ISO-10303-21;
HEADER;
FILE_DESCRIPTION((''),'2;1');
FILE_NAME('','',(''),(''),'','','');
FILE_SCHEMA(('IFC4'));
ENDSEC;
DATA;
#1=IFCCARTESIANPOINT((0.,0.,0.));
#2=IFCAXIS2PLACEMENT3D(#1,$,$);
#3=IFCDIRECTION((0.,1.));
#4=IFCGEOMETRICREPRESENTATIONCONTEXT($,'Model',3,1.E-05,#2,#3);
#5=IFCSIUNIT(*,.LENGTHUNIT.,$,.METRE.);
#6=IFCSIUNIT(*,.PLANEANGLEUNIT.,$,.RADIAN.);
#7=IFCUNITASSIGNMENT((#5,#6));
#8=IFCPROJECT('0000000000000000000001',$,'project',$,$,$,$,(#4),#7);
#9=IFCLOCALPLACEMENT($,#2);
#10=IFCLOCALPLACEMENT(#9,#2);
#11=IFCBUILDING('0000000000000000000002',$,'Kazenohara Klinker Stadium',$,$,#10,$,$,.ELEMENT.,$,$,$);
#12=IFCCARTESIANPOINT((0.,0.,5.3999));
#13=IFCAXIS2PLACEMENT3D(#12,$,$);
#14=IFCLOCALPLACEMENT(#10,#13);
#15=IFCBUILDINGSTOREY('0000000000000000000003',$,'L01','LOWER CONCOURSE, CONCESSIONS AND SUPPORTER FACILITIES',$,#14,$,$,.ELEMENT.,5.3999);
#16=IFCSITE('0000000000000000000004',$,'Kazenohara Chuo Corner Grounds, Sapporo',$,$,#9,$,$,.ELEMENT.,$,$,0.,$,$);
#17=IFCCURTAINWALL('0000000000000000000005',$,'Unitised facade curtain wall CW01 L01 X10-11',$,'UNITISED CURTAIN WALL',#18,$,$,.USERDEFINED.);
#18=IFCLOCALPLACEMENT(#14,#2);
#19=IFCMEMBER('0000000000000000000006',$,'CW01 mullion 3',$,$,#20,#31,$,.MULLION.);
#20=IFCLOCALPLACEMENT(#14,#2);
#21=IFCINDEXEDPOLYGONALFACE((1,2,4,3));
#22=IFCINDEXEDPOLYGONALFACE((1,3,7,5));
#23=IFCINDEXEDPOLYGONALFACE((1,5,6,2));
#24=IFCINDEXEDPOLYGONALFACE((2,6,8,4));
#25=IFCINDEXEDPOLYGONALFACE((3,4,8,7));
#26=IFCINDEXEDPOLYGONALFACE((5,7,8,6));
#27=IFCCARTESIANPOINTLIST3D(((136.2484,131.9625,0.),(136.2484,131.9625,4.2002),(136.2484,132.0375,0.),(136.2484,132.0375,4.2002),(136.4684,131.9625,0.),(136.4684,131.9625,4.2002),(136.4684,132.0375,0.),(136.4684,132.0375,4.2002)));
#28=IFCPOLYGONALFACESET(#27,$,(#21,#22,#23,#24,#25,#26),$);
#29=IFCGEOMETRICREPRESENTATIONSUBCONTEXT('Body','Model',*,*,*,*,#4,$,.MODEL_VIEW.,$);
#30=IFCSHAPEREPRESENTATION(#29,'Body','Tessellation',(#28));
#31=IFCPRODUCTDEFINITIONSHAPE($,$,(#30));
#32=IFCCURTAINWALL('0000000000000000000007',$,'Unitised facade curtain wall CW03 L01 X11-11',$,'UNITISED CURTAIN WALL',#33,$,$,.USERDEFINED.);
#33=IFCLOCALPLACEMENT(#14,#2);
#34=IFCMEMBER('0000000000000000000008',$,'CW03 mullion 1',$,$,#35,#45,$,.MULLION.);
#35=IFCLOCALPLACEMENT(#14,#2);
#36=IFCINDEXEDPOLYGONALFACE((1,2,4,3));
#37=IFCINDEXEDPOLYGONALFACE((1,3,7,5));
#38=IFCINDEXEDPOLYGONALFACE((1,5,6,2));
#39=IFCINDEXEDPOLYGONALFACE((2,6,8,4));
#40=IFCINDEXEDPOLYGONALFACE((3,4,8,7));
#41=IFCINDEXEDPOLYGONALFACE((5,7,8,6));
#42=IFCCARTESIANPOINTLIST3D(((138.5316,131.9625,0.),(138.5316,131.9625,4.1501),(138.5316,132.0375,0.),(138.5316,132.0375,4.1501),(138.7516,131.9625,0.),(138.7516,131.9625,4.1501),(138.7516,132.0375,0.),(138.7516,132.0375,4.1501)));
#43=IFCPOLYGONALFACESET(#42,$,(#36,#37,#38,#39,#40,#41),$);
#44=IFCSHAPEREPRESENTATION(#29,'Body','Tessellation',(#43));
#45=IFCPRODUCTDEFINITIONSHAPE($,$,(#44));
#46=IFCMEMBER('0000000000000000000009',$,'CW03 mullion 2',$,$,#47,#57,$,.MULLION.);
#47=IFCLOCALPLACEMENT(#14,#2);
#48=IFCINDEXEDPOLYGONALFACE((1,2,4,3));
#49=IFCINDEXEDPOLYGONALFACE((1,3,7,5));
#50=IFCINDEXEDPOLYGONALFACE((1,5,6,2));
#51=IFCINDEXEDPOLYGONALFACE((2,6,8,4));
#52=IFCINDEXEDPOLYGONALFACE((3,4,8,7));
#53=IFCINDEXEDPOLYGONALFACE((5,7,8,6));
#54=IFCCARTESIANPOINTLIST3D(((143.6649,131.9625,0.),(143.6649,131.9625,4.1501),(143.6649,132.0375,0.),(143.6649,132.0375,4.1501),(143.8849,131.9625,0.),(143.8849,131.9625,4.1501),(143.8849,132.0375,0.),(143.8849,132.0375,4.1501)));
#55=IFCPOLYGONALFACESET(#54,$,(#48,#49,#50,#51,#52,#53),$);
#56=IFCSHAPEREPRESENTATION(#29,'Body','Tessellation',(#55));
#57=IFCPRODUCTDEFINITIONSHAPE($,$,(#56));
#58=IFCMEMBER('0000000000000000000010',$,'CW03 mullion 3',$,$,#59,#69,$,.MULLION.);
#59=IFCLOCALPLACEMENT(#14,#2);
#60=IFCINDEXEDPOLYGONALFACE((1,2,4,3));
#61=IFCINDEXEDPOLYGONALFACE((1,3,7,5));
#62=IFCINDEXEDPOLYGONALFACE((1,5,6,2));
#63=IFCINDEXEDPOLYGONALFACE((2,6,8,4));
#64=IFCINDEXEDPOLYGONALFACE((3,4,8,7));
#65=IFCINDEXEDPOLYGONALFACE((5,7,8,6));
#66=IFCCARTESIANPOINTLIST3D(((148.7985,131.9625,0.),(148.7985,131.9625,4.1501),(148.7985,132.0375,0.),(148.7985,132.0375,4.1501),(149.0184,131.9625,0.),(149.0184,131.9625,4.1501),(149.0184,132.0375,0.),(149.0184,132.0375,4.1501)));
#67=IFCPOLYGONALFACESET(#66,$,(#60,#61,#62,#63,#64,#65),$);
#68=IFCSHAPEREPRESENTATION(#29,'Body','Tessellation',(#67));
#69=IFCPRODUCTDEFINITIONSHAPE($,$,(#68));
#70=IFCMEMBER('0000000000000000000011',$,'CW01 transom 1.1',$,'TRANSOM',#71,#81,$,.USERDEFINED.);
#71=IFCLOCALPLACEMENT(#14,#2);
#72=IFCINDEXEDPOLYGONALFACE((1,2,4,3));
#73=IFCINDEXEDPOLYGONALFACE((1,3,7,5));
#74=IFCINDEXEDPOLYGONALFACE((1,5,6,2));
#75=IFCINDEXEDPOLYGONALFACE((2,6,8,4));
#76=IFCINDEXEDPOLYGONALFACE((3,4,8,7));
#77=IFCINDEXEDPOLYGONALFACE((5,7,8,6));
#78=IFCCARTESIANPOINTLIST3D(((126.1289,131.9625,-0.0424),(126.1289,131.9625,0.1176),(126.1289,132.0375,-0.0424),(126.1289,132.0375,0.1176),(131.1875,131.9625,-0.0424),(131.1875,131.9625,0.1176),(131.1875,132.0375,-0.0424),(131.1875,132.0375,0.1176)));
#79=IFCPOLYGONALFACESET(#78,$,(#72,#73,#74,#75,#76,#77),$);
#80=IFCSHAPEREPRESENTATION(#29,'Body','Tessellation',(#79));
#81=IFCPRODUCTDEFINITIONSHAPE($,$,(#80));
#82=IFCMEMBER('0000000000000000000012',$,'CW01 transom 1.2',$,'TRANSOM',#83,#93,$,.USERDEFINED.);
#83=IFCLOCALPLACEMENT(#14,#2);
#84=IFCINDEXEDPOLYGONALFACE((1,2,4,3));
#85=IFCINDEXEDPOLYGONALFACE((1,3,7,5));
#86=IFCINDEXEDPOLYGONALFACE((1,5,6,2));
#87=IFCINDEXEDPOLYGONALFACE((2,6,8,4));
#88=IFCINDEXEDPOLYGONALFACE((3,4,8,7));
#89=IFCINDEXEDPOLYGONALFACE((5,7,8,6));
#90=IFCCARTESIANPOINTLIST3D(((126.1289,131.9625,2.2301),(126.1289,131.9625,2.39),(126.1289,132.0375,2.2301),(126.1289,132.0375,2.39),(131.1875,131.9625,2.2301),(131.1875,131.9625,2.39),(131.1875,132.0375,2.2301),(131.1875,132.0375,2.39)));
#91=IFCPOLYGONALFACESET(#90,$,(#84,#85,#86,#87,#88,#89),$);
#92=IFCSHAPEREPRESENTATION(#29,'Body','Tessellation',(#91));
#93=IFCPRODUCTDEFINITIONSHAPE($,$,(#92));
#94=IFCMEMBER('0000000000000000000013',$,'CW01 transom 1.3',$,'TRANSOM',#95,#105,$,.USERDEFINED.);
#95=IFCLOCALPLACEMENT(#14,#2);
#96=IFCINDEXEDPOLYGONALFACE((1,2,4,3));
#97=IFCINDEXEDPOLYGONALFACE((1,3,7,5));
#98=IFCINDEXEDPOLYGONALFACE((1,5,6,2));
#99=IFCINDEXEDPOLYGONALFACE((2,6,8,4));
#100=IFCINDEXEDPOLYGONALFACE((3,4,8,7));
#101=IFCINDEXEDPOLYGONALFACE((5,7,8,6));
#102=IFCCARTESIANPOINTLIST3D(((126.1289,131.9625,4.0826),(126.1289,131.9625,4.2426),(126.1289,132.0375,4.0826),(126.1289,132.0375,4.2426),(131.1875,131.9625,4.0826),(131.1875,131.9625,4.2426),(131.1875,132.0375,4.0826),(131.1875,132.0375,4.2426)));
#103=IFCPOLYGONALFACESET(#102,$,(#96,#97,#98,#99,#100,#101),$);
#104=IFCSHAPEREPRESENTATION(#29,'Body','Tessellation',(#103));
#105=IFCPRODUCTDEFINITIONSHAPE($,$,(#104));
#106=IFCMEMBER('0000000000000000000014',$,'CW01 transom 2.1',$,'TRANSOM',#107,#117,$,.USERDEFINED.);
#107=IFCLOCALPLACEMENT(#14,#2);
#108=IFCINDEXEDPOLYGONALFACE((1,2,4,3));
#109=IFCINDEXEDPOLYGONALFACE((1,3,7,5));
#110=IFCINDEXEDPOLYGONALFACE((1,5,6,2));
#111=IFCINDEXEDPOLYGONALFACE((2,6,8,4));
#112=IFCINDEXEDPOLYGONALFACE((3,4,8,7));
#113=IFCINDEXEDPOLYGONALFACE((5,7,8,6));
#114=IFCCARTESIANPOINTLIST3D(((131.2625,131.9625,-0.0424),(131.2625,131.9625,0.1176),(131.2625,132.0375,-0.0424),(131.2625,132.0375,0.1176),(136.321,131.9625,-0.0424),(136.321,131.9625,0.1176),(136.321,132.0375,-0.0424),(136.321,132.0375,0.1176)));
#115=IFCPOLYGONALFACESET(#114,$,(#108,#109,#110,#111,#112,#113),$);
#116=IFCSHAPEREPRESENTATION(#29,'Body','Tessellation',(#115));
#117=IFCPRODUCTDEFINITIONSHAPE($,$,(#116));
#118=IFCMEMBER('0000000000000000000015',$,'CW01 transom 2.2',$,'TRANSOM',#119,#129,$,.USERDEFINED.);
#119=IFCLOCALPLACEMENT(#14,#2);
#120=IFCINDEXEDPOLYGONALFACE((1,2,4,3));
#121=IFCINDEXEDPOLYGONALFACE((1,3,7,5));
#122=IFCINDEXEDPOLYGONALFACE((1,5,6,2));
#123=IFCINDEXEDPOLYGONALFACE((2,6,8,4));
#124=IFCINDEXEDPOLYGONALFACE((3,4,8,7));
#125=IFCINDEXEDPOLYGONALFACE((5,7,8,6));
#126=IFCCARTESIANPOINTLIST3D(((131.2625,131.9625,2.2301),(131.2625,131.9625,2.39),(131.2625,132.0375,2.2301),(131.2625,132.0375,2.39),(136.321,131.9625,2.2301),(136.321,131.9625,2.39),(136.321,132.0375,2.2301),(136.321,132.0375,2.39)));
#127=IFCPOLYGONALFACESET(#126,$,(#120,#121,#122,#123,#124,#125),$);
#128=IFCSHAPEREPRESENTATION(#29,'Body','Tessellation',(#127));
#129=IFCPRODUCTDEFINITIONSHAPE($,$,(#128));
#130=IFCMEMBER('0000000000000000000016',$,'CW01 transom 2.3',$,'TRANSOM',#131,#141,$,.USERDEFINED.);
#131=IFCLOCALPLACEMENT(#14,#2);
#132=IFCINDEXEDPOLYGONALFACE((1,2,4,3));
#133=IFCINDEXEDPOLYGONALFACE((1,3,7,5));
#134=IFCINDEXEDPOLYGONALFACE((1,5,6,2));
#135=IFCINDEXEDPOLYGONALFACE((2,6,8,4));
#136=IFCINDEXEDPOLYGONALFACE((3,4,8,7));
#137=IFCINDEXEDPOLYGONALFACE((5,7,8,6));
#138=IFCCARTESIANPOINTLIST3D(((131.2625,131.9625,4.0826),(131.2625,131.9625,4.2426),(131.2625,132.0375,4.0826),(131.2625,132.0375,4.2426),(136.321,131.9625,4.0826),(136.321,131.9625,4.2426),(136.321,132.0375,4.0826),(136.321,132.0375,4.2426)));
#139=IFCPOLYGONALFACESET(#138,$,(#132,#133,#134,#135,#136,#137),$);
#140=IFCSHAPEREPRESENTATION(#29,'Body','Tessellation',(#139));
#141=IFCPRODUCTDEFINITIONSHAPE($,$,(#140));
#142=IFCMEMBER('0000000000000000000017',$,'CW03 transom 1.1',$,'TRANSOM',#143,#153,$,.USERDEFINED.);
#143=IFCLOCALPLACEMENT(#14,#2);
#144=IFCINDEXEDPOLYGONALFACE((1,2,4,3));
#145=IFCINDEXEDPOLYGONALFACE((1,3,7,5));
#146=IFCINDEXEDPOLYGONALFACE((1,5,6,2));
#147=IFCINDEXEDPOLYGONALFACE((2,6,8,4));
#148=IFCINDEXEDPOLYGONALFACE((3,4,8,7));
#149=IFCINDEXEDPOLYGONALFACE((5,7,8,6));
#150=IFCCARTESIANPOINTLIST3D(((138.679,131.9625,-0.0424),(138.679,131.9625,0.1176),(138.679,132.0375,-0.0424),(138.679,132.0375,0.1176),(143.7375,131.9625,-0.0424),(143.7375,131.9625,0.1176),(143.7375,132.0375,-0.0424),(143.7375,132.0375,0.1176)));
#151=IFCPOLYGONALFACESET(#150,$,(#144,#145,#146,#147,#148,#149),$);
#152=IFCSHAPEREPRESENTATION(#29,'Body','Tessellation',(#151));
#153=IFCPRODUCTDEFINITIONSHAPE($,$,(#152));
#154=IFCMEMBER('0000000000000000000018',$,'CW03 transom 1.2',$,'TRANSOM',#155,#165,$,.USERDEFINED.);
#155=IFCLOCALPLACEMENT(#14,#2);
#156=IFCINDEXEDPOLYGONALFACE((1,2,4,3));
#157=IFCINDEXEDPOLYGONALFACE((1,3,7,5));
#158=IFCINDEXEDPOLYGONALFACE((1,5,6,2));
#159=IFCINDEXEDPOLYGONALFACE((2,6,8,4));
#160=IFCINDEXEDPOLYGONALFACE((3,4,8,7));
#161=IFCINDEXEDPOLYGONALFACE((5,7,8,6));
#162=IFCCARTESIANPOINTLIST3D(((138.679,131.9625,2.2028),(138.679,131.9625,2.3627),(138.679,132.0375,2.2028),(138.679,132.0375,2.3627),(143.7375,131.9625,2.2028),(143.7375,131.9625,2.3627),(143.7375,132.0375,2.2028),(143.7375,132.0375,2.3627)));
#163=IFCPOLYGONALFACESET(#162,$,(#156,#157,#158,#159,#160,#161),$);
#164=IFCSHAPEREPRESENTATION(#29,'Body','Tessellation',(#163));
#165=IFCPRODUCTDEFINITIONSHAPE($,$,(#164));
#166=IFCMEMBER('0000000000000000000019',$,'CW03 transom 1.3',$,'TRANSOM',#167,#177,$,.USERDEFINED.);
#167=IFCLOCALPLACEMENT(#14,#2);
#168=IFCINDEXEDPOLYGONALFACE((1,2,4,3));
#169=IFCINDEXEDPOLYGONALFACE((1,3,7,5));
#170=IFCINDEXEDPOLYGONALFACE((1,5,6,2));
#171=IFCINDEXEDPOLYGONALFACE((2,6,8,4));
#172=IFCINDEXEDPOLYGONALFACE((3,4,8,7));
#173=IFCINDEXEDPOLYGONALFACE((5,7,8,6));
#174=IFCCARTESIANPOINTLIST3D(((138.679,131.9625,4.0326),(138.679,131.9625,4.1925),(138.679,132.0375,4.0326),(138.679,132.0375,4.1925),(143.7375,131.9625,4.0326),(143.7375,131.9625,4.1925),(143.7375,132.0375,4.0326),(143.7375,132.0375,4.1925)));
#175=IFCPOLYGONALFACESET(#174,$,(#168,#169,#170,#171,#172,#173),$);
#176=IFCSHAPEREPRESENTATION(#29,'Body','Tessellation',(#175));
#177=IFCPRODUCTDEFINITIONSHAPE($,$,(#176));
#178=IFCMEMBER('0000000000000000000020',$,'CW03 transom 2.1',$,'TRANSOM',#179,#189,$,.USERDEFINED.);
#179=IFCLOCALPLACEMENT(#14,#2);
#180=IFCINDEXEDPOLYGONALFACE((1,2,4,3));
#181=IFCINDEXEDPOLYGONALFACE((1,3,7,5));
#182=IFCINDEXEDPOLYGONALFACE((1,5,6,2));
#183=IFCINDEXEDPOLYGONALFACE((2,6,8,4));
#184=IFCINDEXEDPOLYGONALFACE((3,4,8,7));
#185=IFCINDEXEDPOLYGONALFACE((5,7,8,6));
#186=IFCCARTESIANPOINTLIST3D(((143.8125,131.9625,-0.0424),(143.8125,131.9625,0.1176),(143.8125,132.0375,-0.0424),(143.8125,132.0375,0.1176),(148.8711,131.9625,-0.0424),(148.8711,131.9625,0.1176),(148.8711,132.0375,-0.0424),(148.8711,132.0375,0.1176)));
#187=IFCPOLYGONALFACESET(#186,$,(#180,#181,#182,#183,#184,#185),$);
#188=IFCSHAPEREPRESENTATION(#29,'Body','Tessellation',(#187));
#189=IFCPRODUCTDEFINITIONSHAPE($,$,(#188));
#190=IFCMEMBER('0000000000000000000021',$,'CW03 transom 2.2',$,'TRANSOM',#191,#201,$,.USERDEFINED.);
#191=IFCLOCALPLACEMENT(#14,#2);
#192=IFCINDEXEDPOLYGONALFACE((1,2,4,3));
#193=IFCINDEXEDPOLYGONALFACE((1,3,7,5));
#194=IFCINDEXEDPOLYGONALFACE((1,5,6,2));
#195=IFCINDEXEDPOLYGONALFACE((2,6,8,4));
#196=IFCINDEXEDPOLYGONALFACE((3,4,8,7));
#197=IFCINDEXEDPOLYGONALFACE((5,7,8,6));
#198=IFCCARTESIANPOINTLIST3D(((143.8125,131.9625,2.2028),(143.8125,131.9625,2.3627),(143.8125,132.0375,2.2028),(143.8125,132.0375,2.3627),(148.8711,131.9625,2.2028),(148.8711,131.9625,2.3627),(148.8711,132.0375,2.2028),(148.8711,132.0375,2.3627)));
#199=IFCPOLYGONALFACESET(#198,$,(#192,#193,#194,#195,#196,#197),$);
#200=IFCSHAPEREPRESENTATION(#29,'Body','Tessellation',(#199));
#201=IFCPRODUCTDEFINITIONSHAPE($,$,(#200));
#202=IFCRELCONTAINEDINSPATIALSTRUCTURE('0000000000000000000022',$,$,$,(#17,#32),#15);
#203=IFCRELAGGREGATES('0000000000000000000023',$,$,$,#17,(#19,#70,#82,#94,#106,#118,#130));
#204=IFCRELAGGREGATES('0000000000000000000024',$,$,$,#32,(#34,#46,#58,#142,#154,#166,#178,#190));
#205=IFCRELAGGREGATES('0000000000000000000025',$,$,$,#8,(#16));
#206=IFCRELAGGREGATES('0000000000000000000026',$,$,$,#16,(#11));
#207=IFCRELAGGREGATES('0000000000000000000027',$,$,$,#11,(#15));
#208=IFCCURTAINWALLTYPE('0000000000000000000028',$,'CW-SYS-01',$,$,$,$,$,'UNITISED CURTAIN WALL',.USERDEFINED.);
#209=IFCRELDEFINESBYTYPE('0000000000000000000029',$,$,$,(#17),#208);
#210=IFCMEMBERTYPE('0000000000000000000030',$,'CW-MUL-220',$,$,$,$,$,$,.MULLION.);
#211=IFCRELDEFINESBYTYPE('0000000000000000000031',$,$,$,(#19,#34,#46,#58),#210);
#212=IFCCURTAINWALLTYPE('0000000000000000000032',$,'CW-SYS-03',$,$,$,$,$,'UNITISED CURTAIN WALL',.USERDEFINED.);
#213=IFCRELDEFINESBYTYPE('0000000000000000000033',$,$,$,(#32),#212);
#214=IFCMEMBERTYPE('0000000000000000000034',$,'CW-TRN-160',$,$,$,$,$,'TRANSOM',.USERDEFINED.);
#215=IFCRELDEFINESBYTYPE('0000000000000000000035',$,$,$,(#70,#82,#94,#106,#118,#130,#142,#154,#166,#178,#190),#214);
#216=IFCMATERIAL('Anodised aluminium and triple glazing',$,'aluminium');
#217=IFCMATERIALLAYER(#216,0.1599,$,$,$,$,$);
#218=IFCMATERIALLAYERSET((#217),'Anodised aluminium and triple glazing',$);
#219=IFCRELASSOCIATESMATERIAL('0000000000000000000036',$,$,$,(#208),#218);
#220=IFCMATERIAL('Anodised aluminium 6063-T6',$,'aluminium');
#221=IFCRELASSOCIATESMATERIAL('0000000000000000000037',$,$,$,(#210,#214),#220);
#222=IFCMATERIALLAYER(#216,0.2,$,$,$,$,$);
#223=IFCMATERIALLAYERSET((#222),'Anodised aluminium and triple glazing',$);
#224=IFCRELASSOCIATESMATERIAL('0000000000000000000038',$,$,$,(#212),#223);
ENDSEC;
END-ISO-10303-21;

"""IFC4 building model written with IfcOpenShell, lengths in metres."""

from ifc_helpers import new_model, si_unit, direction, frame, origin, origin_2d, place, context, subcontext, project, spatial, rectangle, extrude, material, layer, layer_set, material_profile, profile_set, type_object, element, aggregate, save


model = new_model("IFC4")

# Units and contexts
model_context = context("Model", 3, precision=1e-05, world=origin(), true_north=direction((0.0, 1.0)))
body_context = subcontext(model_context, "Body", "Model", "MODEL_VIEW")
ifc_project = project(units=[si_unit("LENGTHUNIT", "METRE"), si_unit("PLANEANGLEUNIT", "RADIAN")], contexts=[model_context])

# Site, building, storey
site_placement = place(None, origin())
site = spatial("IfcSite", under=ifc_project, at=site_placement, Name="Kazenohara Chuo Corner Grounds, Sapporo", CompositionType="ELEMENT", RefElevation=0.0)
building_placement = place(site_placement, origin())
building = spatial("IfcBuilding", under=site, at=building_placement, Name="Kazenohara Klinker Stadium", CompositionType="ELEMENT")
storey_placement = place(building_placement, frame((0.0, 0.0, 5.3999)))
storey = spatial("IfcBuildingStorey", under=building, at=storey_placement, Name="L01", Description="LOWER CONCOURSE, CONCESSIONS AND SUPPORTER FACILITIES", CompositionType="ELEMENT", Elevation=5.3999)

# Curtain walls, members
ifc_material_1 = material(Name="Anodised aluminium and triple glazing", Category="aluminium")
ifc_layer_1 = layer(ifc_material_1, 0.1599)
ifc_layer_set_1 = layer_set([ifc_layer_1], Name="Anodised aluminium and triple glazing")
curtain_wall_type_1 = type_object("IfcCurtainWallType", Name="CW-SYS-01", ElementType="UNITISED CURTAIN WALL", PredefinedType="USERDEFINED", material=ifc_layer_set_1)
curtain_wall_1_placement = place(storey_placement, origin())
curtain_wall_1 = element("IfcCurtainWall", 1, at=curtain_wall_1_placement, inside=storey, type_object=curtain_wall_type_1, Name="Unitised facade curtain wall CW01 L01 X10-11", ObjectType="UNITISED CURTAIN WALL", PredefinedType="USERDEFINED")
ifc_material_2 = material(Name="Anodised aluminium 6063-T6", Category="aluminium")
ifc_material_profile_1 = material_profile(ifc_material_2, rectangle(XDim=0.075, YDim=0.22, at=origin_2d()), Name="ALU-MUL-75x220")
ifc_profile_set_1 = profile_set([ifc_material_profile_1], Name="Anodised aluminium 6063-T6")
member_type_1 = type_object("IfcMemberType", Name="CW-MUL-220", PredefinedType="MULLION", material=ifc_profile_set_1)
member_1_placement = place(storey_placement, frame((136.3584, 132.0, 0.0), z_axis=(0.0, 0.0, 1.0), x_axis=(0.0, 1.0, 0.0)))
member_1 = element("IfcMember", 2, at=member_1_placement, type_object=member_type_1, Name="CW01 mullion 3", PredefinedType="MULLION", context=body_context, shape_type="SweptSolid", body=[
    extrude(rectangle(XDim=0.075, YDim=0.22, at=origin_2d()), origin(), (0.0, 0.0, 1.0), 4.2002),
])
ifc_layer_2 = layer(ifc_material_1, 0.2)
ifc_layer_set_2 = layer_set([ifc_layer_2], Name="Anodised aluminium and triple glazing")
curtain_wall_type_2 = type_object("IfcCurtainWallType", Name="CW-SYS-03", ElementType="UNITISED CURTAIN WALL", PredefinedType="USERDEFINED", material=ifc_layer_set_2)
curtain_wall_2_placement = place(storey_placement, origin())
curtain_wall_2 = element("IfcCurtainWall", 3, at=curtain_wall_2_placement, inside=storey, type_object=curtain_wall_type_2, Name="Unitised facade curtain wall CW03 L01 X11-11", ObjectType="UNITISED CURTAIN WALL", PredefinedType="USERDEFINED")
member_2_placement = place(storey_placement, frame((138.6416, 132.0, 0.0), z_axis=(0.0, 0.0, 1.0), x_axis=(0.0, 1.0, 0.0)))
member_2 = element("IfcMember", 4, at=member_2_placement, type_object=member_type_1, Name="CW03 mullion 1", PredefinedType="MULLION", context=body_context, shape_type="SweptSolid", body=[
    extrude(rectangle(XDim=0.075, YDim=0.22, at=origin_2d()), origin(), (0.0, 0.0, 1.0), 4.1501),
])
member_3_placement = place(storey_placement, frame((143.7749, 132.0, 0.0), z_axis=(0.0, 0.0, 1.0), x_axis=(0.0, 1.0, 0.0)))
member_3 = element("IfcMember", 5, at=member_3_placement, type_object=member_type_1, Name="CW03 mullion 2", PredefinedType="MULLION", context=body_context, shape_type="SweptSolid", body=[
    extrude(rectangle(XDim=0.075, YDim=0.22, at=origin_2d()), origin(), (0.0, 0.0, 1.0), 4.1501),
])
member_4_placement = place(storey_placement, frame((148.9084, 132.0, 0.0), z_axis=(0.0, 0.0, 1.0), x_axis=(0.0, 1.0, 0.0)))
member_4 = element("IfcMember", 6, at=member_4_placement, type_object=member_type_1, Name="CW03 mullion 3", PredefinedType="MULLION", context=body_context, shape_type="SweptSolid", body=[
    extrude(rectangle(XDim=0.075, YDim=0.22, at=origin_2d()), origin(), (0.0, 0.0, 1.0), 4.1501),
])

# Members
ifc_material_profile_2 = material_profile(ifc_material_2, rectangle(XDim=0.075, YDim=0.1599, at=origin_2d()), Name="ALU-TRN-75x160")
ifc_profile_set_2 = profile_set([ifc_material_profile_2], Name="Anodised aluminium 6063-T6")
member_type_2 = type_object("IfcMemberType", Name="CW-TRN-160", ElementType="TRANSOM", PredefinedType="USERDEFINED", material=ifc_profile_set_2)
member_5_placement = place(storey_placement, frame((126.1289, 132.0, 0.0376), z_axis=(1.0, 0.0, 0.0), x_axis=(0.0, 1.0, 0.0)))
member_5 = element("IfcMember", 7, at=member_5_placement, type_object=member_type_2, Name="CW01 transom 1.1", ObjectType="TRANSOM", PredefinedType="USERDEFINED", context=body_context, shape_type="SweptSolid", body=[
    extrude(rectangle(XDim=0.075, YDim=0.1599, at=origin_2d()), origin(), (0.0, 0.0, 1.0), 5.0586),
])
member_6_placement = place(storey_placement, frame((126.1289, 132.0, 2.3101), z_axis=(1.0, 0.0, 0.0), x_axis=(0.0, 1.0, 0.0)))
member_6 = element("IfcMember", 8, at=member_6_placement, type_object=member_type_2, Name="CW01 transom 1.2", ObjectType="TRANSOM", PredefinedType="USERDEFINED", context=body_context, shape_type="SweptSolid", body=[
    extrude(rectangle(XDim=0.075, YDim=0.1599, at=origin_2d()), origin(), (0.0, 0.0, 1.0), 5.0586),
])
member_7_placement = place(storey_placement, frame((126.1289, 132.0, 4.1626), z_axis=(1.0, 0.0, 0.0), x_axis=(0.0, 1.0, 0.0)))
member_7 = element("IfcMember", 9, at=member_7_placement, type_object=member_type_2, Name="CW01 transom 1.3", ObjectType="TRANSOM", PredefinedType="USERDEFINED", context=body_context, shape_type="SweptSolid", body=[
    extrude(rectangle(XDim=0.075, YDim=0.1599, at=origin_2d()), origin(), (0.0, 0.0, 1.0), 5.0586),
])
member_8_placement = place(storey_placement, frame((131.2625, 132.0, 0.0376), z_axis=(1.0, 0.0, 0.0), x_axis=(0.0, 1.0, 0.0)))
member_8 = element("IfcMember", 10, at=member_8_placement, type_object=member_type_2, Name="CW01 transom 2.1", ObjectType="TRANSOM", PredefinedType="USERDEFINED", context=body_context, shape_type="SweptSolid", body=[
    extrude(rectangle(XDim=0.075, YDim=0.1599, at=origin_2d()), origin(), (0.0, 0.0, 1.0), 5.0586),
])
member_9_placement = place(storey_placement, frame((131.2625, 132.0, 2.3101), z_axis=(1.0, 0.0, 0.0), x_axis=(0.0, 1.0, 0.0)))
member_9 = element("IfcMember", 11, at=member_9_placement, type_object=member_type_2, Name="CW01 transom 2.2", ObjectType="TRANSOM", PredefinedType="USERDEFINED", context=body_context, shape_type="SweptSolid", body=[
    extrude(rectangle(XDim=0.075, YDim=0.1599, at=origin_2d()), origin(), (0.0, 0.0, 1.0), 5.0586),
])
member_10_placement = place(storey_placement, frame((131.2625, 132.0, 4.1626), z_axis=(1.0, 0.0, 0.0), x_axis=(0.0, 1.0, 0.0)))
member_10 = element("IfcMember", 12, at=member_10_placement, type_object=member_type_2, Name="CW01 transom 2.3", ObjectType="TRANSOM", PredefinedType="USERDEFINED", context=body_context, shape_type="SweptSolid", body=[
    extrude(rectangle(XDim=0.075, YDim=0.1599, at=origin_2d()), origin(), (0.0, 0.0, 1.0), 5.0586),
])
member_11_placement = place(storey_placement, frame((138.679, 132.0, 0.0376), z_axis=(1.0, 0.0, 0.0), x_axis=(0.0, 1.0, 0.0)))
member_11 = element("IfcMember", 13, at=member_11_placement, type_object=member_type_2, Name="CW03 transom 1.1", ObjectType="TRANSOM", PredefinedType="USERDEFINED", context=body_context, shape_type="SweptSolid", body=[
    extrude(rectangle(XDim=0.075, YDim=0.1599, at=origin_2d()), origin(), (0.0, 0.0, 1.0), 5.0586),
])
member_12_placement = place(storey_placement, frame((138.679, 132.0, 2.2827), z_axis=(1.0, 0.0, 0.0), x_axis=(0.0, 1.0, 0.0)))
member_12 = element("IfcMember", 14, at=member_12_placement, type_object=member_type_2, Name="CW03 transom 1.2", ObjectType="TRANSOM", PredefinedType="USERDEFINED", context=body_context, shape_type="SweptSolid", body=[
    extrude(rectangle(XDim=0.075, YDim=0.1599, at=origin_2d()), origin(), (0.0, 0.0, 1.0), 5.0586),
])
member_13_placement = place(storey_placement, frame((138.679, 132.0, 4.1125), z_axis=(1.0, 0.0, 0.0), x_axis=(0.0, 1.0, 0.0)))
member_13 = element("IfcMember", 15, at=member_13_placement, type_object=member_type_2, Name="CW03 transom 1.3", ObjectType="TRANSOM", PredefinedType="USERDEFINED", context=body_context, shape_type="SweptSolid", body=[
    extrude(rectangle(XDim=0.075, YDim=0.1599, at=origin_2d()), origin(), (0.0, 0.0, 1.0), 5.0586),
])
member_14_placement = place(storey_placement, frame((143.8125, 132.0, 0.0376), z_axis=(1.0, 0.0, 0.0), x_axis=(0.0, 1.0, 0.0)))
member_14 = element("IfcMember", 16, at=member_14_placement, type_object=member_type_2, Name="CW03 transom 2.1", ObjectType="TRANSOM", PredefinedType="USERDEFINED", context=body_context, shape_type="SweptSolid", body=[
    extrude(rectangle(XDim=0.075, YDim=0.1599, at=origin_2d()), origin(), (0.0, 0.0, 1.0), 5.0586),
])
member_15_placement = place(storey_placement, frame((143.8125, 132.0, 2.2827), z_axis=(1.0, 0.0, 0.0), x_axis=(0.0, 1.0, 0.0)))
member_15 = element("IfcMember", 17, at=member_15_placement, type_object=member_type_2, Name="CW03 transom 2.2", ObjectType="TRANSOM", PredefinedType="USERDEFINED", context=body_context, shape_type="SweptSolid", body=[
    extrude(rectangle(XDim=0.075, YDim=0.1599, at=origin_2d()), origin(), (0.0, 0.0, 1.0), 5.0586),
])

aggregate(curtain_wall_1, [member_1, member_5, member_6, member_7, member_8, member_9, member_10])
aggregate(curtain_wall_2, [member_2, member_3, member_4, member_11, member_12, member_13, member_14, member_15])

save(model, "model.ifc")
